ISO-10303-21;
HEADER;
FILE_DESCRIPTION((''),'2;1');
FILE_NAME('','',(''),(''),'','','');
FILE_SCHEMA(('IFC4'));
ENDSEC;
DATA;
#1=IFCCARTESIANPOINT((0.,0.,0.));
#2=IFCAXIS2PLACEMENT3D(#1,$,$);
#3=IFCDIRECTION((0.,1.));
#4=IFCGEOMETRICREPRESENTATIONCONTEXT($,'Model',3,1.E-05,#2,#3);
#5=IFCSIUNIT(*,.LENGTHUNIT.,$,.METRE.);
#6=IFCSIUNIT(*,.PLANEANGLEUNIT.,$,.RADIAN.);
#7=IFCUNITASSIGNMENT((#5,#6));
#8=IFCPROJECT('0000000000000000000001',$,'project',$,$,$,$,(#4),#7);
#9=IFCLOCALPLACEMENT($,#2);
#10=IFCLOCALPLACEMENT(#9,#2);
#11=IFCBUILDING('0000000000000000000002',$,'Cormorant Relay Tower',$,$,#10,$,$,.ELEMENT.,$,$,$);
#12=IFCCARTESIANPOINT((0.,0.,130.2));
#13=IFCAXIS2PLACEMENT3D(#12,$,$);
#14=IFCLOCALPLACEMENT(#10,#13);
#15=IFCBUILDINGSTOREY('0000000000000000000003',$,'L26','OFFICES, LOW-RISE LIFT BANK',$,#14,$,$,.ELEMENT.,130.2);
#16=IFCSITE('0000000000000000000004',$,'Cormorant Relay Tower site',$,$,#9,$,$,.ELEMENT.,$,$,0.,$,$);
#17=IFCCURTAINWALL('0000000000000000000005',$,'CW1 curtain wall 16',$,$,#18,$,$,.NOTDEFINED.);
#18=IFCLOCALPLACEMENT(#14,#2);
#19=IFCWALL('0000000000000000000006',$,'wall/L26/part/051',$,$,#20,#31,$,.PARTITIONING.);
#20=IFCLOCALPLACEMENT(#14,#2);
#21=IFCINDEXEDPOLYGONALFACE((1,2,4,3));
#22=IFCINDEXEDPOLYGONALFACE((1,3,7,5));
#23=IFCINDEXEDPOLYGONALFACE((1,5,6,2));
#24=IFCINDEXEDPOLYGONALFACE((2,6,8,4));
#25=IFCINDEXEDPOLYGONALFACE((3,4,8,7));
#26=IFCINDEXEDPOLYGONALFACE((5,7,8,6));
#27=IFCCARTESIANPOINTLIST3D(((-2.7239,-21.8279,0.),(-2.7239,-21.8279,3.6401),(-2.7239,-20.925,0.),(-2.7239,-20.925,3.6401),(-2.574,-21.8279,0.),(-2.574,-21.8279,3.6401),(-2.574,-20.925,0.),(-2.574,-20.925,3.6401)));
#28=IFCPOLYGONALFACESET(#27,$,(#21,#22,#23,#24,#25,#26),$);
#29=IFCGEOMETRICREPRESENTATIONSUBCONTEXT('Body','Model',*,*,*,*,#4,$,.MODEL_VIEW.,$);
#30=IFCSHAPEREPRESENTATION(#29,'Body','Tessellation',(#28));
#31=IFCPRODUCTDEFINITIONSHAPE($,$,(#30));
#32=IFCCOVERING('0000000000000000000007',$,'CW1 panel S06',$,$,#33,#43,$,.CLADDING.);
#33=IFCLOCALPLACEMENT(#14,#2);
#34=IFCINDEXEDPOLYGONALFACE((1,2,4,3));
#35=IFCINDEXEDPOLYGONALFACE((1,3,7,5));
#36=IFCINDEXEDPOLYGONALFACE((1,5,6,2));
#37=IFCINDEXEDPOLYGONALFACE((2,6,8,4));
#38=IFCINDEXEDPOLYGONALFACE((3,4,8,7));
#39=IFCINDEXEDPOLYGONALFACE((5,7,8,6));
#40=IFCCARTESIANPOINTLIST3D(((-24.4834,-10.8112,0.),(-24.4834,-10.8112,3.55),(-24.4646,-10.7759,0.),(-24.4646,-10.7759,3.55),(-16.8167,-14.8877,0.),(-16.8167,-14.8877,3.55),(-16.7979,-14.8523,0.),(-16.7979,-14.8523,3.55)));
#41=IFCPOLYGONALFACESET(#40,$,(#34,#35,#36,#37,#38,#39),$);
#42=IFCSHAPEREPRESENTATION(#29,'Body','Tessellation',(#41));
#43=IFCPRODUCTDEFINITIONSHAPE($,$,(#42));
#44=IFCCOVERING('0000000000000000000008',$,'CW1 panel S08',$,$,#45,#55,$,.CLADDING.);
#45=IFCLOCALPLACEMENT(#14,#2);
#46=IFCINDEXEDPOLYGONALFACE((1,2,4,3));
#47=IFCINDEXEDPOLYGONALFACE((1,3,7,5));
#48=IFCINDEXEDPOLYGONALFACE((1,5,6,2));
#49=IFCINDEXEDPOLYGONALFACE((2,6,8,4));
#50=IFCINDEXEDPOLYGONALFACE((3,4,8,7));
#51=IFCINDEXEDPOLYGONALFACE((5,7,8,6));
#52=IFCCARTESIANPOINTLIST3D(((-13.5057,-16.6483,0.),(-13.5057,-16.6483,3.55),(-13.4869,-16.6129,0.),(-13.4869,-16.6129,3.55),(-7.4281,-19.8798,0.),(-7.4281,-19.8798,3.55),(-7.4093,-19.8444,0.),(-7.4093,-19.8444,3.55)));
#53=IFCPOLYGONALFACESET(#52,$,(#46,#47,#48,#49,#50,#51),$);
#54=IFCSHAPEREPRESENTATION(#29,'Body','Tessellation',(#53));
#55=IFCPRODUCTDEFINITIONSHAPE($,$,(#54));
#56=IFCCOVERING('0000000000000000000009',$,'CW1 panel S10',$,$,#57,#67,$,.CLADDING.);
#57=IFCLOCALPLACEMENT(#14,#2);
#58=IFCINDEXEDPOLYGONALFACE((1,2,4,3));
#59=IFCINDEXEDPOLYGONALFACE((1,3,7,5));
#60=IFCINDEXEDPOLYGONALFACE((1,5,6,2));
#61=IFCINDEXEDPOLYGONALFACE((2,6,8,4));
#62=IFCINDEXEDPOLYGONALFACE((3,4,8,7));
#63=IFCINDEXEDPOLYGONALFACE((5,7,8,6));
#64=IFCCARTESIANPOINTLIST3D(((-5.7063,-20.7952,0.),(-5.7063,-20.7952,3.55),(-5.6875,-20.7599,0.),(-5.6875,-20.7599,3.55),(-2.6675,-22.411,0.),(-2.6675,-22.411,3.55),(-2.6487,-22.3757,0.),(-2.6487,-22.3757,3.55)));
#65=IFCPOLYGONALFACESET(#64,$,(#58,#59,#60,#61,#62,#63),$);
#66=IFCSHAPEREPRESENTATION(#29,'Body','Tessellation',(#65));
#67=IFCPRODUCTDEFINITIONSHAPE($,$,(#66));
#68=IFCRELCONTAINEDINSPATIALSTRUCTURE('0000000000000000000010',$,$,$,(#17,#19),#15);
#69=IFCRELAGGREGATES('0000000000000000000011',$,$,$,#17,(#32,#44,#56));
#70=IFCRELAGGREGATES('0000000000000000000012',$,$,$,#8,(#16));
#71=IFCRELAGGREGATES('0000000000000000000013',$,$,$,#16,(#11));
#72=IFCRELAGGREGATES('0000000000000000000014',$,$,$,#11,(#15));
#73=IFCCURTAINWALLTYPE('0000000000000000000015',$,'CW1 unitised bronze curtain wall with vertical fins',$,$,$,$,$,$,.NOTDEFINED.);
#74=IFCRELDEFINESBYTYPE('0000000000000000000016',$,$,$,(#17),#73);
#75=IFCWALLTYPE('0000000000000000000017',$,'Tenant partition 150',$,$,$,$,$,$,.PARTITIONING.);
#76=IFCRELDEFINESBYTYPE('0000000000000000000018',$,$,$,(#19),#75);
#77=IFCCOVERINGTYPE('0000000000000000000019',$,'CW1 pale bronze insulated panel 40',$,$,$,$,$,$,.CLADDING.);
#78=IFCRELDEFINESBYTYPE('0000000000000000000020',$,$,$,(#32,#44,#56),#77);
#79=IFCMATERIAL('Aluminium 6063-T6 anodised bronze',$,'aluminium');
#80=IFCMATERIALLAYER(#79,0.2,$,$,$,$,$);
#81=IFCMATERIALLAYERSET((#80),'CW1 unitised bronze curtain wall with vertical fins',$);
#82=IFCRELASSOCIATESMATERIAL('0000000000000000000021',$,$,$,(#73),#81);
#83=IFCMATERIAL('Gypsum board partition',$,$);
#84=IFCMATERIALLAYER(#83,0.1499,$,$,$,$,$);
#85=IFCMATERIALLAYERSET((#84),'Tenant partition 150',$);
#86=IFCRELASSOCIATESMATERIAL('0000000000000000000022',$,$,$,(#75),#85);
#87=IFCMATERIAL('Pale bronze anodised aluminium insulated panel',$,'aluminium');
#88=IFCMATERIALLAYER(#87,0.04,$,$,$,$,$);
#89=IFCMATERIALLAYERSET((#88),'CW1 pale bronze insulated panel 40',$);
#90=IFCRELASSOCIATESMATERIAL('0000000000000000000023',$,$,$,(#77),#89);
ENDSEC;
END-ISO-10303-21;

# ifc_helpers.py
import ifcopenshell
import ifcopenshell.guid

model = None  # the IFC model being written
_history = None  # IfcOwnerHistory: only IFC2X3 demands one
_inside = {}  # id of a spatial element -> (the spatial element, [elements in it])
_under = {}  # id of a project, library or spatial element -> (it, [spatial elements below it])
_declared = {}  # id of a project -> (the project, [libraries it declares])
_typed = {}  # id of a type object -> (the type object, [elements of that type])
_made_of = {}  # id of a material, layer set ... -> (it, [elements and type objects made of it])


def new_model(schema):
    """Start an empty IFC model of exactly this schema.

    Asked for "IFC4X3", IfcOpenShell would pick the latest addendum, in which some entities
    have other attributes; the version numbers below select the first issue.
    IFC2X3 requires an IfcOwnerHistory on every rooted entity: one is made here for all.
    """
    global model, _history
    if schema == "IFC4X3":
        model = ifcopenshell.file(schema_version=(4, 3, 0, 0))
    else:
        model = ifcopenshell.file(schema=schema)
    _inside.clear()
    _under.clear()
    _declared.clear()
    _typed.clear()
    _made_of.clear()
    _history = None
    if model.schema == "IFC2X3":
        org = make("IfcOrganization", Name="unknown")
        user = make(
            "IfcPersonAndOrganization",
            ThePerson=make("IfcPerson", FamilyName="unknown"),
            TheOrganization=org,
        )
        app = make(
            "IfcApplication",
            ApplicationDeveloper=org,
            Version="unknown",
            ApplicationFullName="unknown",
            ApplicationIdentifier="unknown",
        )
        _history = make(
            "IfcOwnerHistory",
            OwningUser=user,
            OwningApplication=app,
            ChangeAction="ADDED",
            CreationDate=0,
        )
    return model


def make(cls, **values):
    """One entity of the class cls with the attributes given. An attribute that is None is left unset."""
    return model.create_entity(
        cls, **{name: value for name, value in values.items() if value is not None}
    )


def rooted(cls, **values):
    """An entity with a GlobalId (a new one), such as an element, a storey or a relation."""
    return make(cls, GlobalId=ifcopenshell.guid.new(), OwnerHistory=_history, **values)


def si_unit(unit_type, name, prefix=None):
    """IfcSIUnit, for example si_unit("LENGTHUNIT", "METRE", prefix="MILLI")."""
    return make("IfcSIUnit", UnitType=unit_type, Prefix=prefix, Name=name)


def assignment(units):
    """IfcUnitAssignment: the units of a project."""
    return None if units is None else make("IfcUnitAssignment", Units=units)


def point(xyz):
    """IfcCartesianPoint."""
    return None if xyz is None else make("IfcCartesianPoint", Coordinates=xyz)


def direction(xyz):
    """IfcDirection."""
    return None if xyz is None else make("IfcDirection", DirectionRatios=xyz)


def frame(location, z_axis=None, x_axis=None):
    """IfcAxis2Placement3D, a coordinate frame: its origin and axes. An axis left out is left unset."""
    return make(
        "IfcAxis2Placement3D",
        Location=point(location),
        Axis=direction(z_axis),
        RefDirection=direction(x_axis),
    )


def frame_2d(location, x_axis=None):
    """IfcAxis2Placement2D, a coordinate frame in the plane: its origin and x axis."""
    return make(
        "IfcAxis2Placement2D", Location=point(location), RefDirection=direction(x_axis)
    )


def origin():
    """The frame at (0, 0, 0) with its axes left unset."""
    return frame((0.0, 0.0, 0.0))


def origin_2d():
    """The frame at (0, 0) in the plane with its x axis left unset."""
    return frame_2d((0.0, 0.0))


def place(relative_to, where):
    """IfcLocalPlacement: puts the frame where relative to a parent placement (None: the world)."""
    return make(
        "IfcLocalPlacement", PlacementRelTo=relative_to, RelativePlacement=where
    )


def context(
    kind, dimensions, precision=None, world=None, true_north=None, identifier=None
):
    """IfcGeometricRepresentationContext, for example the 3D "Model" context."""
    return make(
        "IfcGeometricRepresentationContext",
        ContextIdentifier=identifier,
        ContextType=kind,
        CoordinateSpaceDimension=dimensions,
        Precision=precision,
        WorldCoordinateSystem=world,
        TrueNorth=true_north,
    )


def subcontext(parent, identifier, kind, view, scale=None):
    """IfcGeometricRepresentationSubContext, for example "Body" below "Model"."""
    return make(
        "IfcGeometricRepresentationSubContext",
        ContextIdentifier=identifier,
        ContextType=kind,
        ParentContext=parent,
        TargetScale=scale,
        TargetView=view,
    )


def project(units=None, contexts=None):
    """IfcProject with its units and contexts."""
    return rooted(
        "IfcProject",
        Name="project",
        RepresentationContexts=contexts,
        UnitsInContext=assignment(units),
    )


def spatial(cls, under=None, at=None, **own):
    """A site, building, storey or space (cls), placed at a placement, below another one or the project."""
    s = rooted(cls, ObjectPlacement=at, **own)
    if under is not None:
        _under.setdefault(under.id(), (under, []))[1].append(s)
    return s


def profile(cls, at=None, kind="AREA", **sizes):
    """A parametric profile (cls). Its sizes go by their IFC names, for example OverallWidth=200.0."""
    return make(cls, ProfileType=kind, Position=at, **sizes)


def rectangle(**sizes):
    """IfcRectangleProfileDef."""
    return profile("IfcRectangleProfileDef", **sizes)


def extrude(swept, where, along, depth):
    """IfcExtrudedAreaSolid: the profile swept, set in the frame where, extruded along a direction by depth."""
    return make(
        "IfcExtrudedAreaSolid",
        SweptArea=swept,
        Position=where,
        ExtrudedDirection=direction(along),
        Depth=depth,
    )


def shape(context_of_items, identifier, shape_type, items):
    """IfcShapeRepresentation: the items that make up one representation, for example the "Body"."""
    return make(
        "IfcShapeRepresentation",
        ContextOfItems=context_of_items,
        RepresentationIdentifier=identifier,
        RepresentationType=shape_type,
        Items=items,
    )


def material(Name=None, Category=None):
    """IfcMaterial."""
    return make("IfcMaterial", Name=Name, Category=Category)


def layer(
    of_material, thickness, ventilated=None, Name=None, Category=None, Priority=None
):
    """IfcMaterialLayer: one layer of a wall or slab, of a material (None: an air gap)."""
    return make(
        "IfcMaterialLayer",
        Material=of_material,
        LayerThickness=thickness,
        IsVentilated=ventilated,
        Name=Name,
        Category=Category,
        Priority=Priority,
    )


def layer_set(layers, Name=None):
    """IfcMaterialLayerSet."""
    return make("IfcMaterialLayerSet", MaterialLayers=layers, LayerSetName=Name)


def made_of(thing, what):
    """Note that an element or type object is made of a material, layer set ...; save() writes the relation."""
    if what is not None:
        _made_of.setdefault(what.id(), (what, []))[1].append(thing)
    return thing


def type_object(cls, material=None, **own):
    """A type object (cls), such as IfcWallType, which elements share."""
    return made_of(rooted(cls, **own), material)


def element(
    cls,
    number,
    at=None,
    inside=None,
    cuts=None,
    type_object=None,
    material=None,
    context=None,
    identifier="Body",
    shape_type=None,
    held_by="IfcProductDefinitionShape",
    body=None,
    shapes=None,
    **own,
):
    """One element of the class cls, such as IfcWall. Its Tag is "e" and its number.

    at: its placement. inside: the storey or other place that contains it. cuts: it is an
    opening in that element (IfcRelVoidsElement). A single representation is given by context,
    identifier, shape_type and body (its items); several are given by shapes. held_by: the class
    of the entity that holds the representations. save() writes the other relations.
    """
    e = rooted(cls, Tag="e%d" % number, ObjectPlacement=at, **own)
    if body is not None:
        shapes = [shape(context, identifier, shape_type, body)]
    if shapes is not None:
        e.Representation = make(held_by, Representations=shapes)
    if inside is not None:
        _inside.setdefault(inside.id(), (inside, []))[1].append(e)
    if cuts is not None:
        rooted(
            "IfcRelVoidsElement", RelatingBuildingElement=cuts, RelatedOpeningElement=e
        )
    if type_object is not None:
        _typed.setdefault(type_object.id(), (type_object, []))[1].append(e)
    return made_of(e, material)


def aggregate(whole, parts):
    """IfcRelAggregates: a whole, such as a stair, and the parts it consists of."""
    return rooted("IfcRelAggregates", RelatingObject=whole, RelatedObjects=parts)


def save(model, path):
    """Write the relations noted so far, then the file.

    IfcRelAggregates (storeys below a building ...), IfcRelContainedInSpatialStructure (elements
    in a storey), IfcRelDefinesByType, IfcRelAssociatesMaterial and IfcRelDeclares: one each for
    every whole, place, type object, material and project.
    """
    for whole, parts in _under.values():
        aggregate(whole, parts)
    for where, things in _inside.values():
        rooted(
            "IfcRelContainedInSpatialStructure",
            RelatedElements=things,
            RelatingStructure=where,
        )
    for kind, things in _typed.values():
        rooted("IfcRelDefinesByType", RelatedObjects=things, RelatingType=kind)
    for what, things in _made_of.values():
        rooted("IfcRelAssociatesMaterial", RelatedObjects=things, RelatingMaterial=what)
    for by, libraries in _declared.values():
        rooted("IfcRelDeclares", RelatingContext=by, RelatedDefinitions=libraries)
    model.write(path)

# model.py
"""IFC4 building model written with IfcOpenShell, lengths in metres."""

from ifc_helpers import new_model, si_unit, direction, frame, frame_2d, origin, origin_2d, place, context, subcontext, project, spatial, rectangle, extrude, material, layer, layer_set, type_object, element, aggregate, save


model = new_model("IFC4")

# Units and contexts
model_context = context("Model", 3, precision=1e-05, world=origin(), true_north=direction((0.0, 1.0)))
body_context = subcontext(model_context, "Body", "Model", "MODEL_VIEW")
ifc_project = project(units=[si_unit("LENGTHUNIT", "METRE"), si_unit("PLANEANGLEUNIT", "RADIAN")], contexts=[model_context])

# Site, building, storey
site_placement = place(None, origin())
site = spatial("IfcSite", under=ifc_project, at=site_placement, Name="Cormorant Relay Tower site", CompositionType="ELEMENT", RefElevation=0.0)
building_placement = place(site_placement, origin())
building = spatial("IfcBuilding", under=site, at=building_placement, Name="Cormorant Relay Tower", CompositionType="ELEMENT")
storey_placement = place(building_placement, frame((0.0, 0.0, 130.2)))
storey = spatial("IfcBuildingStorey", under=building, at=storey_placement, Name="L26", Description="OFFICES, LOW-RISE LIFT BANK", CompositionType="ELEMENT", Elevation=130.2)

# Shared definitions
ifc_material_1 = material(Name="Aluminium 6063-T6 anodised bronze", Category="aluminium")
ifc_layer_1 = layer(ifc_material_1, 0.2)
ifc_layer_set_1 = layer_set([ifc_layer_1], Name="CW1 unitised bronze curtain wall with vertical fins")
curtain_wall_type = type_object("IfcCurtainWallType", Name="CW1 unitised bronze curtain wall with vertical fins", PredefinedType="NOTDEFINED", material=ifc_layer_set_1)

# Curtain wall
curtain_wall_1_placement = place(storey_placement, origin())
curtain_wall_1 = element("IfcCurtainWall", 1, at=curtain_wall_1_placement, inside=storey, type_object=curtain_wall_type, Name="CW1 curtain wall 16", PredefinedType="NOTDEFINED")

# Wall
ifc_material_2 = material(Name="Gypsum board partition")
ifc_layer_2 = layer(ifc_material_2, 0.1499)
ifc_layer_set_2 = layer_set([ifc_layer_2], Name="Tenant partition 150")
wall_type_1 = type_object("IfcWallType", Name="Tenant partition 150", PredefinedType="PARTITIONING", material=ifc_layer_set_2)
wall_1_placement = place(storey_placement, frame((-2.6489, -20.925, 0.0), z_axis=(0.0, 0.0, 1.0), x_axis=(0.0, -1.0, 0.0)))
element("IfcWall", 2, at=wall_1_placement, inside=storey, type_object=wall_type_1, Name="wall/L26/part/051", PredefinedType="PARTITIONING", context=body_context, shape_type="SweptSolid", body=[
    extrude(rectangle(XDim=0.9028, YDim=0.1499, at=frame_2d((0.4514, 0.0))), origin(), (0.0, 0.0, 1.0), 3.6401),
])

# Coverings
ifc_material_3 = material(Name="Pale bronze anodised aluminium insulated panel", Category="aluminium")
ifc_layer_3 = layer(ifc_material_3, 0.04)
ifc_layer_set_3 = layer_set([ifc_layer_3], Name="CW1 pale bronze insulated panel 40")
covering_type = type_object("IfcCoveringType", Name="CW1 pale bronze insulated panel 40", PredefinedType="CLADDING", material=ifc_layer_set_3)
covering_1_placement = place(storey_placement, frame((-20.6406, -12.8318, 0.0), z_axis=(0.0, 0.0, 1.0), x_axis=(0.882948, -0.469472, 0.0)))
covering_1 = element("IfcCovering", 3, at=covering_1_placement, type_object=covering_type, Name="CW1 panel S06", PredefinedType="CLADDING", context=body_context, shape_type="SweptSolid", body=[
    extrude(rectangle(XDim=8.6831, YDim=0.04, at=origin_2d()), origin(), (0.0, 0.0, 1.0), 3.55),
])
covering_2_placement = place(storey_placement, frame((-10.4575, -18.2463, 0.0), z_axis=(0.0, 0.0, 1.0), x_axis=(0.882948, -0.469472, 0.0)))
covering_2 = element("IfcCovering", 4, at=covering_2_placement, type_object=covering_type, Name="CW1 panel S08", PredefinedType="CLADDING", context=body_context, shape_type="SweptSolid", body=[
    extrude(rectangle(XDim=6.8833, YDim=0.04, at=origin_2d()), origin(), (0.0, 0.0, 1.0), 3.55),
])
covering_3_placement = place(storey_placement, frame((-4.1775, -21.5854, 0.0), z_axis=(0.0, 0.0, 1.0), x_axis=(0.882948, -0.469472, 0.0)))
covering_3 = element("IfcCovering", 5, at=covering_3_placement, type_object=covering_type, Name="CW1 panel S10", PredefinedType="CLADDING", context=body_context, shape_type="SweptSolid", body=[
    extrude(rectangle(XDim=3.4417, YDim=0.04, at=origin_2d()), origin(), (0.0, 0.0, 1.0), 3.55),
])
aggregate(curtain_wall_1, [covering_1, covering_2, covering_3])

save(model, "model.ifc")
